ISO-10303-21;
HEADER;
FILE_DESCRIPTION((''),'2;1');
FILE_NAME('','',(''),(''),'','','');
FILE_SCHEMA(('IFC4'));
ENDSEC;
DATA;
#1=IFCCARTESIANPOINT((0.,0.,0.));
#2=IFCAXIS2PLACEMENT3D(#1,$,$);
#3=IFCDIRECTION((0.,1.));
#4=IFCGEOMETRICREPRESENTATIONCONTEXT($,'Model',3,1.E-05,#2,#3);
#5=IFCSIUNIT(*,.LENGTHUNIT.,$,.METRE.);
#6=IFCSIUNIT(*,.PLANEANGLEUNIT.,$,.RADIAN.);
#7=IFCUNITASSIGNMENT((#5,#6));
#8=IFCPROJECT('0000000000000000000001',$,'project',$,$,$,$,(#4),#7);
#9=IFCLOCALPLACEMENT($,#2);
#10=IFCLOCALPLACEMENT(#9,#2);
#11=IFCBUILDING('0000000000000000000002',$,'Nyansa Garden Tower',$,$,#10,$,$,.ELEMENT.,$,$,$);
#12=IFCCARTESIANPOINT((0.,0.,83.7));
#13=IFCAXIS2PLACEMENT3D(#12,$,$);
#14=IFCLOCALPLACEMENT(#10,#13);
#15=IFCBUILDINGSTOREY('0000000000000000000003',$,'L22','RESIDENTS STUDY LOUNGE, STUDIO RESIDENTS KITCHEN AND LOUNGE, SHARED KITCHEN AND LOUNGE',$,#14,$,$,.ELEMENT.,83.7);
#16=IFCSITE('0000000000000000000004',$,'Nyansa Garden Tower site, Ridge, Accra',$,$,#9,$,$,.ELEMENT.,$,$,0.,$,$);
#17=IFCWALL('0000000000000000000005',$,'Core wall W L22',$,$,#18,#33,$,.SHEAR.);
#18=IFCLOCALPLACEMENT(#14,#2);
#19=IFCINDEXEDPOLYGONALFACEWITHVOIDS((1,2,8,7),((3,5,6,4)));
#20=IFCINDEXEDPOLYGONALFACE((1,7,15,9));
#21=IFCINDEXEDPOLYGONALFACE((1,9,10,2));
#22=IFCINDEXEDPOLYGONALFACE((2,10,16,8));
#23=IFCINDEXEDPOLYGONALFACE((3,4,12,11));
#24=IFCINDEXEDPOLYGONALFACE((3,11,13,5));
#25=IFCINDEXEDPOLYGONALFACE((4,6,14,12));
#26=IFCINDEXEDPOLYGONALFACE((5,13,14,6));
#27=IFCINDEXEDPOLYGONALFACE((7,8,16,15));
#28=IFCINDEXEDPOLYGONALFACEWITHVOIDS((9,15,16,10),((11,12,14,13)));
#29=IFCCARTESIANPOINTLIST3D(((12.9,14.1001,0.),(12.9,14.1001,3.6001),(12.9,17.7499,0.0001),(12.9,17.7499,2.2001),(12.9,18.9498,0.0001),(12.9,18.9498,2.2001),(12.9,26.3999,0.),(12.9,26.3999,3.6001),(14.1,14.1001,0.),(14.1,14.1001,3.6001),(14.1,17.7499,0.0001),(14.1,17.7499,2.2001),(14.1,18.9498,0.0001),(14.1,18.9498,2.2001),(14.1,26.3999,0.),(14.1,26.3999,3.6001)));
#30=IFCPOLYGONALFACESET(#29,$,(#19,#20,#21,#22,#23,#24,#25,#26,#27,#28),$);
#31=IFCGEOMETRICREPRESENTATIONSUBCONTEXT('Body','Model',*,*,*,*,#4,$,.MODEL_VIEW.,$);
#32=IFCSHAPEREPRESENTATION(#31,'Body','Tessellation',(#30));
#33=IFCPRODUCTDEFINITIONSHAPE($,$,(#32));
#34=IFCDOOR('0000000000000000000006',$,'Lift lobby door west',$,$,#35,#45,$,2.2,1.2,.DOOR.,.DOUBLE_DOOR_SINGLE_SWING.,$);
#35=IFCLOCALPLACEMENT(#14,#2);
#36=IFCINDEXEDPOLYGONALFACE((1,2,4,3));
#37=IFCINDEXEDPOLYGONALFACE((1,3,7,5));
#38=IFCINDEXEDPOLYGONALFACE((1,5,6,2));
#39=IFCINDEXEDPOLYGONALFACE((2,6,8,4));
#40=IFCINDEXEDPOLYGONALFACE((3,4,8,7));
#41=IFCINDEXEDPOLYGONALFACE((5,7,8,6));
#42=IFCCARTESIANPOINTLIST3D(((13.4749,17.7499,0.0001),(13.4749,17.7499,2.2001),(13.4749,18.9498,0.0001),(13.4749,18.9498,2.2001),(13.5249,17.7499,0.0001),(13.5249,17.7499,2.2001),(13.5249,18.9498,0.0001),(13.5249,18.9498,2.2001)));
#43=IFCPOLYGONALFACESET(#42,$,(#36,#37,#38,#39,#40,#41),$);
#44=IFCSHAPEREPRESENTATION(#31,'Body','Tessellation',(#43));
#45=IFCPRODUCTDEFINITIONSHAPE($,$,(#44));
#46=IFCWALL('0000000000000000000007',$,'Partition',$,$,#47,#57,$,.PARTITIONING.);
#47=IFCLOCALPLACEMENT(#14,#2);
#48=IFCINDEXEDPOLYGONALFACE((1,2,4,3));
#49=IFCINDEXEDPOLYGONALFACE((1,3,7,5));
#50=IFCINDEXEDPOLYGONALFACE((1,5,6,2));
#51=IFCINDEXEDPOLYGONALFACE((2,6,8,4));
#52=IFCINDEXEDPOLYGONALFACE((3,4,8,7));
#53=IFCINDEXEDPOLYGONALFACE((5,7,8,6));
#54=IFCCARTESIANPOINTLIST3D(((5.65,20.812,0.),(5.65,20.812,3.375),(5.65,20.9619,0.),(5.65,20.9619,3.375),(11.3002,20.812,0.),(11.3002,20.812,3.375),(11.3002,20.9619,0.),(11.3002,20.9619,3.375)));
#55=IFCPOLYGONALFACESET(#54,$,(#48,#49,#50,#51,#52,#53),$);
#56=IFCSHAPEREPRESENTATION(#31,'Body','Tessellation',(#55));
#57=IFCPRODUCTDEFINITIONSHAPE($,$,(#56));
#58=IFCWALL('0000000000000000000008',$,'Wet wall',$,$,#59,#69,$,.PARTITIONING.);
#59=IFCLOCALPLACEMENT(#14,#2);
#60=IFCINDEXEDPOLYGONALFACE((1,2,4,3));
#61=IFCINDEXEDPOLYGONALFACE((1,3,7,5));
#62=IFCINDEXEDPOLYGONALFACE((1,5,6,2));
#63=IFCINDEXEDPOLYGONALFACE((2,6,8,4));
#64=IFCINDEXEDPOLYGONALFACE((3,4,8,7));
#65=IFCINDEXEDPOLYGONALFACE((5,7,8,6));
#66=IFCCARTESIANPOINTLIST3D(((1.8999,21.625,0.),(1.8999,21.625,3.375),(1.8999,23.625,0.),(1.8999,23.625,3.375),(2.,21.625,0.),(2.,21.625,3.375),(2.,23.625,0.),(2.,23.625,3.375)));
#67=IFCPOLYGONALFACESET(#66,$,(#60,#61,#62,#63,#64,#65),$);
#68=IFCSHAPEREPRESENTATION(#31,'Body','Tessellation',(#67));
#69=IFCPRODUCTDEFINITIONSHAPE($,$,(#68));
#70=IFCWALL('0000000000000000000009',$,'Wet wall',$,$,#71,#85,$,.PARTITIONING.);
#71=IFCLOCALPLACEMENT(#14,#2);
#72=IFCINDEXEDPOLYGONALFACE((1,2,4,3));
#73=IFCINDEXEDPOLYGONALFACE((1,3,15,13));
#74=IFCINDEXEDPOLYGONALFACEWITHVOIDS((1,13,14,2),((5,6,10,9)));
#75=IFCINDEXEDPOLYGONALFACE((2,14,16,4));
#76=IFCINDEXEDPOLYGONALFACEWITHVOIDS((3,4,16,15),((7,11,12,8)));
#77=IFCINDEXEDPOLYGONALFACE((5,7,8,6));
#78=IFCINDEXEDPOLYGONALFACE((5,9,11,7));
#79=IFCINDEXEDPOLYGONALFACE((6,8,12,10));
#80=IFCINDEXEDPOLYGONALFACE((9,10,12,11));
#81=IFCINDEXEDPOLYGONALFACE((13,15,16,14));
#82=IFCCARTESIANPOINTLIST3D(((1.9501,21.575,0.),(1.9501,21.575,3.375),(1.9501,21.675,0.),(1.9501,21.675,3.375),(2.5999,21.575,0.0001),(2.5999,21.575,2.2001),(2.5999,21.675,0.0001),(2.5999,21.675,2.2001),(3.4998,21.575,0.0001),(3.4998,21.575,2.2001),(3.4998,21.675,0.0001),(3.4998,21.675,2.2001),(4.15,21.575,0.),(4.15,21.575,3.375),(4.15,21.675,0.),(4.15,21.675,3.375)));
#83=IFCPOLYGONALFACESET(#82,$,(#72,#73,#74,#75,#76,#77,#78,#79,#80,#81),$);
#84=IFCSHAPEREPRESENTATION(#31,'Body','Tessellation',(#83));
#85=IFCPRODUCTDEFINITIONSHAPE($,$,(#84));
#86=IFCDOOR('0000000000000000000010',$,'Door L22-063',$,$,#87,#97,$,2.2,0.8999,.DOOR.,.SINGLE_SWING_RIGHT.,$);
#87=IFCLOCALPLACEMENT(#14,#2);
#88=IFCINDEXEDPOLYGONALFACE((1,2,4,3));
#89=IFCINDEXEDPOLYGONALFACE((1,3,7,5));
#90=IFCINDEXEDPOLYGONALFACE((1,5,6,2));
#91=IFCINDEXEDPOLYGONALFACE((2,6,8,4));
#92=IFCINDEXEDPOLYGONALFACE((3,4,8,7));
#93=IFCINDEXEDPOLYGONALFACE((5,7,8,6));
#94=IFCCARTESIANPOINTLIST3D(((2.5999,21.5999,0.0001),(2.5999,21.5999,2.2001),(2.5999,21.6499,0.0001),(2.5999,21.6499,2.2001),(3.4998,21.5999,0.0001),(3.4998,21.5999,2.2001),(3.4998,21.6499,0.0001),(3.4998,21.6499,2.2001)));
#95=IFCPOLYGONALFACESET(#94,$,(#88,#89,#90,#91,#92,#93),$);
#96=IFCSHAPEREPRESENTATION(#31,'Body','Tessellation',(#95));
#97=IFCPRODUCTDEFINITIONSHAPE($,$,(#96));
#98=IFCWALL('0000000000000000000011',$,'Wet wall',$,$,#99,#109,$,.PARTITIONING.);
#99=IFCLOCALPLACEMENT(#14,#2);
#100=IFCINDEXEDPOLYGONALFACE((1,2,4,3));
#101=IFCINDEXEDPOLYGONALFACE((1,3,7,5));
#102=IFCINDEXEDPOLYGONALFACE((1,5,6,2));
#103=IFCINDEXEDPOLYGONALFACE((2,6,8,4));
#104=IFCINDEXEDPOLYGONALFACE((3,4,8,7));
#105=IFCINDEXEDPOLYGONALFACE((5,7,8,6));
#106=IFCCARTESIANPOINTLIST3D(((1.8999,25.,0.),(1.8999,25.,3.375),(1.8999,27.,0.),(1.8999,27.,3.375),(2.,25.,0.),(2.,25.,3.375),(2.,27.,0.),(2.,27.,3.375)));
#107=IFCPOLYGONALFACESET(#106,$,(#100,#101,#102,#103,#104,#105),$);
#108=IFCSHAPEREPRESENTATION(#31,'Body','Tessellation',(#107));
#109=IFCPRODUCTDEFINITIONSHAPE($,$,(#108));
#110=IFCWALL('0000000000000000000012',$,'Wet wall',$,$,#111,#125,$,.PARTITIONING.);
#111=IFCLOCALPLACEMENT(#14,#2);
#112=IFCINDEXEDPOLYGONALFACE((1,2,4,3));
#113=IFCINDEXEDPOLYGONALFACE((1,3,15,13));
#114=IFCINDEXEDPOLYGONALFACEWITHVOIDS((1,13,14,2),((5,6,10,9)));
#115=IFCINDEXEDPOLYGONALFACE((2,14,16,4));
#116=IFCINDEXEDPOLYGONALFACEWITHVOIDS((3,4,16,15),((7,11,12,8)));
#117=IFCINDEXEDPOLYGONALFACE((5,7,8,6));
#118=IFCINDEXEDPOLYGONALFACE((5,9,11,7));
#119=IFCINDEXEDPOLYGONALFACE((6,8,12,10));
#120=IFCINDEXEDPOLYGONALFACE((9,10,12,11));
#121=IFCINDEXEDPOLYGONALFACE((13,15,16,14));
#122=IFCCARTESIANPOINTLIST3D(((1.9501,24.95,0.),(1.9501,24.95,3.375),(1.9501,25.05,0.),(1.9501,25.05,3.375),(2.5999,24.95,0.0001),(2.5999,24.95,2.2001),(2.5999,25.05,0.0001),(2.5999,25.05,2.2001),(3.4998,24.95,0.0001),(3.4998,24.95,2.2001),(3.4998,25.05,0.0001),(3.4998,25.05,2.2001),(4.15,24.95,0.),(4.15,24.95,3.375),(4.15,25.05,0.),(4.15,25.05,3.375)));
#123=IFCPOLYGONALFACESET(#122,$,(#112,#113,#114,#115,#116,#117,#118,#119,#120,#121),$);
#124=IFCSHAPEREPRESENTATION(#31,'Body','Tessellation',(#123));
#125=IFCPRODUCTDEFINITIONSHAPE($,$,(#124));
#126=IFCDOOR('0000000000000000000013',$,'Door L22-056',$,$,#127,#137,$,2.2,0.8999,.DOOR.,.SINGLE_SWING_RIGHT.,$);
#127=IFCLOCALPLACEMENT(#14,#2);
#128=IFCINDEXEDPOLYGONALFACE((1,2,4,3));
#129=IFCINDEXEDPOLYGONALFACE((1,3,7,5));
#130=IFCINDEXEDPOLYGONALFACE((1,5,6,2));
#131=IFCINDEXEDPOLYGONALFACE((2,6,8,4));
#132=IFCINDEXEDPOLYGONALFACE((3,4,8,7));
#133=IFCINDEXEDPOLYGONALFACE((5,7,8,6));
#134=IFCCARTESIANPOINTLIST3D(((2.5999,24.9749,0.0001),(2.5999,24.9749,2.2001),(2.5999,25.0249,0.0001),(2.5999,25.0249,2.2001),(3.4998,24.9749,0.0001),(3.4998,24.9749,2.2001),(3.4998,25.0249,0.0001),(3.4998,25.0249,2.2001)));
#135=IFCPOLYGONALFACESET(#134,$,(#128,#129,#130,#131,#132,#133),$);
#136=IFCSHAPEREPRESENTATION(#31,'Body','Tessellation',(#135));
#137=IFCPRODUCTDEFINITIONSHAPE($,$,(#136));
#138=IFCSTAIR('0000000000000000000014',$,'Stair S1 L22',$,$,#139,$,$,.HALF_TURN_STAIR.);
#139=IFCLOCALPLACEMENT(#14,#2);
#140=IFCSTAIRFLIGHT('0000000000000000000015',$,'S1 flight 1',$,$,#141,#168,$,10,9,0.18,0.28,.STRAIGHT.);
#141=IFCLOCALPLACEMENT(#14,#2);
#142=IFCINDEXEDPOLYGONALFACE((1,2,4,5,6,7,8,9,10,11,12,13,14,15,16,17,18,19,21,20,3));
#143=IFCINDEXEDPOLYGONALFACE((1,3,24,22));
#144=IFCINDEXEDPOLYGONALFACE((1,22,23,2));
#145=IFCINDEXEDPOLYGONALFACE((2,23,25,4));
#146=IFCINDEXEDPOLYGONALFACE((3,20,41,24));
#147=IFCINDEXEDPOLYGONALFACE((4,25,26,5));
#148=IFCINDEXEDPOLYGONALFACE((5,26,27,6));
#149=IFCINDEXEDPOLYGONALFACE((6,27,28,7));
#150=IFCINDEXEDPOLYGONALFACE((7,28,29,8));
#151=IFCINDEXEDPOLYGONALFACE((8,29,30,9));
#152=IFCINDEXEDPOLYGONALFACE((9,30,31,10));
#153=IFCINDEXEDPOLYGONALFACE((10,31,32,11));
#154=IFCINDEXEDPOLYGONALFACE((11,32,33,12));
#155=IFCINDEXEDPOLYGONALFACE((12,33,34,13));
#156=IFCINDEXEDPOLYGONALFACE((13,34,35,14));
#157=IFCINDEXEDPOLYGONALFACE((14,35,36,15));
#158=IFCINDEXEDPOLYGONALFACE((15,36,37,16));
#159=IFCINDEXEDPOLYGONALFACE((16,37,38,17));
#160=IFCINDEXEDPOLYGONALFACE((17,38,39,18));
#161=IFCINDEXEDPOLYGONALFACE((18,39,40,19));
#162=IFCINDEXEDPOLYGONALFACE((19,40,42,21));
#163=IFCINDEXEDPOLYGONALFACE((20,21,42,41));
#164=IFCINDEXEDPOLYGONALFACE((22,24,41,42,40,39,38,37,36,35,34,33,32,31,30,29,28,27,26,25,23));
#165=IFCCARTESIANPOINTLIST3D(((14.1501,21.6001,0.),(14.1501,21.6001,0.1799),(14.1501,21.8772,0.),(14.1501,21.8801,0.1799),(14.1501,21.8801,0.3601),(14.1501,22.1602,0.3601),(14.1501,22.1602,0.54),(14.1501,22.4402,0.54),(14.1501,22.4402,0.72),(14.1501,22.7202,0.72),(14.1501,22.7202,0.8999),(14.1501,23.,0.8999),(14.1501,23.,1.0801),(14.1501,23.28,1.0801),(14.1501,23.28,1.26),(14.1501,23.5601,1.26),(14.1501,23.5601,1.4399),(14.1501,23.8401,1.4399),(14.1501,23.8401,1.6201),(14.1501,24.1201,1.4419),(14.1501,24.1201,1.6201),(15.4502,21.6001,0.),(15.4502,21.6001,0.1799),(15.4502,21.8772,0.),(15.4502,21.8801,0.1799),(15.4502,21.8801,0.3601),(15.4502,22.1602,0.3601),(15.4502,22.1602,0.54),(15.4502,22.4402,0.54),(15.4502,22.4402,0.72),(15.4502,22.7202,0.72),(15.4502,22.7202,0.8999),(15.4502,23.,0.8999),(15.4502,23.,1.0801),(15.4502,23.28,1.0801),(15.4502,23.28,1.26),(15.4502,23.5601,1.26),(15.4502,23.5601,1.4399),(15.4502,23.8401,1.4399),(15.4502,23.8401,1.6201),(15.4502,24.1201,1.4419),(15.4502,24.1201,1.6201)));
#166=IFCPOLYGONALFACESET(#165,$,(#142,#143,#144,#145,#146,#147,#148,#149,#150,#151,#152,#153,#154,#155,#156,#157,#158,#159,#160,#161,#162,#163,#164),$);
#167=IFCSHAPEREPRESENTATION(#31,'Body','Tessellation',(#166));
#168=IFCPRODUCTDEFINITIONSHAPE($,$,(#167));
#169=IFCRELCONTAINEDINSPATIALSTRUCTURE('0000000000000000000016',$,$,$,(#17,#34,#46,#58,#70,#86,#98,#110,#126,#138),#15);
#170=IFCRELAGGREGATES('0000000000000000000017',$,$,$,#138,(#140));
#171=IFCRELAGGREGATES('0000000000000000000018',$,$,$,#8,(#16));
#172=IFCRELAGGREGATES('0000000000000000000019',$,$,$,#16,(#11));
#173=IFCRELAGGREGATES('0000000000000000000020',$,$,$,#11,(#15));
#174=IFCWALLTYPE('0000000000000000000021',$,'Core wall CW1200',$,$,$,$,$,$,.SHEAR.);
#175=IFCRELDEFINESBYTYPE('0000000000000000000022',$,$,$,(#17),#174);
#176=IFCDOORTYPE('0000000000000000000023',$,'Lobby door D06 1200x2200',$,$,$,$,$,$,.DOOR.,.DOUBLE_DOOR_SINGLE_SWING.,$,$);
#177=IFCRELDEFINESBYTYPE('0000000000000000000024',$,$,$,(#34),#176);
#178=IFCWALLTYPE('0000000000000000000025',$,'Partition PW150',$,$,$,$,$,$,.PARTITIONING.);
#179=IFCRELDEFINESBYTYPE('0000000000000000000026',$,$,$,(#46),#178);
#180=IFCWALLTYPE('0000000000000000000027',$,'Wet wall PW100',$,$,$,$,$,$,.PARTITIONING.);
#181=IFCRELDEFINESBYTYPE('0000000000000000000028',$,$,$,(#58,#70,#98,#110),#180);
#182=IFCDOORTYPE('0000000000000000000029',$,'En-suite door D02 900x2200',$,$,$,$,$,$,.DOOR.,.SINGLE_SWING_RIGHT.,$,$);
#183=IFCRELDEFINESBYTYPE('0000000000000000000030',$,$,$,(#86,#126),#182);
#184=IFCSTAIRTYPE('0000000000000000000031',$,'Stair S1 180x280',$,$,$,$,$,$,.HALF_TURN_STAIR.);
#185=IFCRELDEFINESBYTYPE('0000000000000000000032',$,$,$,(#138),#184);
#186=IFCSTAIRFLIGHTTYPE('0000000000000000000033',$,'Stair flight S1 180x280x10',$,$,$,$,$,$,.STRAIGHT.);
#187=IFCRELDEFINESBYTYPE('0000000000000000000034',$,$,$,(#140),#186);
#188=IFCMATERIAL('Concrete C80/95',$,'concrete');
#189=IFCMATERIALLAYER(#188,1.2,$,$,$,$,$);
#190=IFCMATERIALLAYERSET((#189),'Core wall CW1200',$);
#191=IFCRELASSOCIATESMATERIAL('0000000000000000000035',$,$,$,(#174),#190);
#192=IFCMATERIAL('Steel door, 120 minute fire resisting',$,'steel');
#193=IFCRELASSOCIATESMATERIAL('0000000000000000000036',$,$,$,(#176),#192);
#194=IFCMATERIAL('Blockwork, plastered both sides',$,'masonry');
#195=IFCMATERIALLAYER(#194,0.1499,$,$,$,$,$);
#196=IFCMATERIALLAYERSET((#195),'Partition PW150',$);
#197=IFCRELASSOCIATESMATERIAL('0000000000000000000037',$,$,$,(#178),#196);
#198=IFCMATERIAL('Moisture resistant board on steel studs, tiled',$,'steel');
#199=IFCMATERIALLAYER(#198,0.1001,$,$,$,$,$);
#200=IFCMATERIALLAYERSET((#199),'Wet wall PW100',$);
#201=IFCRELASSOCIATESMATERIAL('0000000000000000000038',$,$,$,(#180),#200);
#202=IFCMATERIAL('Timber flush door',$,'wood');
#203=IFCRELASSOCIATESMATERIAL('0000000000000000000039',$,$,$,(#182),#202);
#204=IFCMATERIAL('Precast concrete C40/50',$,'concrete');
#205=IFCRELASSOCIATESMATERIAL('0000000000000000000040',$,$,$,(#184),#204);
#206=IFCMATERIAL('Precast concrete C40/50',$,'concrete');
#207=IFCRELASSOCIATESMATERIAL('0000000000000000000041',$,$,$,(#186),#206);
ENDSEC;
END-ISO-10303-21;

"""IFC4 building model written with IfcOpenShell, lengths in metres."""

from ifc_helpers import new_model, si_unit, direction, frame, frame_2d, origin, place, context, subcontext, project, spatial, polyline, rectangle, outline, extrude, material, layer, layer_set, type_object, element, fill, aggregate, save


model = new_model("IFC4")

# Units and contexts
model_context = context("Model", 3, precision=1e-05, world=origin(), true_north=direction((0.0, 1.0)))
body_context = subcontext(model_context, "Body", "Model", "MODEL_VIEW")
ifc_project = project(units=[si_unit("LENGTHUNIT", "METRE"), si_unit("PLANEANGLEUNIT", "RADIAN")], contexts=[model_context])

# Site, building, storey
site_placement = place(None, origin())
site = spatial("IfcSite", under=ifc_project, at=site_placement, Name="Nyansa Garden Tower site, Ridge, Accra", CompositionType="ELEMENT", RefElevation=0.0)
building_placement = place(site_placement, origin())
building = spatial("IfcBuilding", under=site, at=building_placement, Name="Nyansa Garden Tower", CompositionType="ELEMENT")
storey_placement = place(building_placement, frame((0.0, 0.0, 83.7)))
storey = spatial("IfcBuildingStorey", under=building, at=storey_placement, Name="L22", Description="RESIDENTS STUDY LOUNGE, STUDIO RESIDENTS KITCHEN AND LOUNGE, SHARED KITCHEN AND LOUNGE", CompositionType="ELEMENT", Elevation=83.7)

# Shared definitions
ifc_material_1 = material(Name="Concrete C80/95", Category="concrete")
ifc_layer_1 = layer(ifc_material_1, 1.2)
ifc_layer_set_1 = layer_set([ifc_layer_1], Name="Core wall CW1200")
wall_type_1 = type_object("IfcWallType", Name="Core wall CW1200", PredefinedType="SHEAR", material=ifc_layer_set_1)

# Wall, opening, door
wall_1_placement = place(storey_placement, frame((13.5, 26.3999, 0.0), z_axis=(0.0, 0.0, 1.0), x_axis=(0.0, -1.0, 0.0)))
wall_1 = element("IfcWall", 1, at=wall_1_placement, inside=storey, type_object=wall_type_1, Name="Core wall W L22", PredefinedType="SHEAR", context=body_context, shape_type="SweptSolid", body=[
    extrude(rectangle(XDim=12.2998, YDim=1.2, at=frame_2d((6.1499, 0.0))), origin(), (0.0, 0.0, 1.0), 3.6001),
])
opening_1_placement = place(wall_1_placement, frame((7.45, 0.0, 0.0)))
opening_1 = element("IfcOpeningElement", 2, at=opening_1_placement, cuts=wall_1, PredefinedType="OPENING", context=body_context, shape_type="SweptSolid", body=[
    extrude(rectangle(XDim=1.2, YDim=2.2, at=frame_2d((0.6001, 1.1001))), frame((0.0, 0.6099, 0.0), z_axis=(0.0, -1.0, 0.0), x_axis=(1.0, 0.0, 0.0)), (0.0, 0.0, 1.0), 1.22),
])
ifc_material_2 = material(Name="Steel door, 120 minute fire resisting", Category="steel")
door_type_1 = type_object("IfcDoorType", Name="Lobby door D06 1200x2200", OperationType="DOUBLE_DOOR_SINGLE_SWING", PredefinedType="DOOR", material=ifc_material_2)
door_1_placement = place(opening_1_placement, origin())
door_1 = element("IfcDoor", 3, at=door_1_placement, inside=storey, type_object=door_type_1, Name="Lift lobby door west", OperationType="DOUBLE_DOOR_SINGLE_SWING", OverallHeight=2.2, OverallWidth=1.2, PredefinedType="DOOR", context=body_context, shape_type="SweptSolid", body=[
    extrude(rectangle(XDim=1.2, YDim=2.2, at=frame_2d((0.6001, 1.1001))), frame((0.0, 0.0249, 0.0), z_axis=(0.0, -1.0, 0.0), x_axis=(1.0, 0.0, 0.0)), (0.0, 0.0, 1.0), 0.05),
])
fill(opening_1, door_1)

# Walls
ifc_material_3 = material(Name="Blockwork, plastered both sides", Category="masonry")
ifc_layer_2 = layer(ifc_material_3, 0.1499)
ifc_layer_set_2 = layer_set([ifc_layer_2], Name="Partition PW150")
wall_type_2 = type_object("IfcWallType", Name="Partition PW150", PredefinedType="PARTITIONING", material=ifc_layer_set_2)
wall_2_placement = place(storey_placement, frame((5.6499, 20.887, 0.0), z_axis=(0.0, 0.0, 1.0), x_axis=(1.0, 0.0, 0.0)))
element("IfcWall", 4, at=wall_2_placement, inside=storey, type_object=wall_type_2, Name="Partition", PredefinedType="PARTITIONING", context=body_context, shape_type="SweptSolid", body=[
    extrude(rectangle(XDim=5.6501, YDim=0.1499, at=frame_2d((2.8252, 0.0))), origin(), (0.0, 0.0, 1.0), 3.375),
])
ifc_material_4 = material(Name="Moisture resistant board on steel studs, tiled", Category="steel")
ifc_layer_3 = layer(ifc_material_4, 0.1001)
ifc_layer_set_3 = layer_set([ifc_layer_3], Name="Wet wall PW100")
wall_type_3 = type_object("IfcWallType", Name="Wet wall PW100", PredefinedType="PARTITIONING", material=ifc_layer_set_3)
wall_3_placement = place(storey_placement, frame((1.95, 21.625, 0.0), z_axis=(0.0, 0.0, 1.0), x_axis=(0.0, 1.0, 0.0)))
element("IfcWall", 5, at=wall_3_placement, inside=storey, type_object=wall_type_3, Name="Wet wall", PredefinedType="PARTITIONING", context=body_context, shape_type="SweptSolid", body=[
    extrude(rectangle(XDim=2.0, YDim=0.1001, at=frame_2d((1.0, 0.0))), origin(), (0.0, 0.0, 1.0), 3.375),
])

# Wall, opening, door
wall_4_placement = place(storey_placement, frame((1.95, 21.625, 0.0), z_axis=(0.0, 0.0, 1.0), x_axis=(1.0, 0.0, 0.0)))
wall_4 = element("IfcWall", 6, at=wall_4_placement, inside=storey, type_object=wall_type_3, Name="Wet wall", PredefinedType="PARTITIONING", context=body_context, shape_type="SweptSolid", body=[
    extrude(rectangle(XDim=2.2, YDim=0.1001, at=frame_2d((1.1001, 0.0))), origin(), (0.0, 0.0, 1.0), 3.375),
])
opening_2_placement = place(wall_4_placement, frame((0.6499, 0.0, 0.0)))
opening_2 = element("IfcOpeningElement", 7, at=opening_2_placement, cuts=wall_4, PredefinedType="OPENING", context=body_context, shape_type="SweptSolid", body=[
    extrude(rectangle(XDim=0.8999, YDim=2.2, at=frame_2d((0.45, 1.1001))), frame((0.0, 0.0601, 0.0), z_axis=(0.0, -1.0, 0.0), x_axis=(1.0, 0.0, 0.0)), (0.0, 0.0, 1.0), 0.1201),
])
ifc_material_5 = material(Name="Timber flush door", Category="wood")
door_type_2 = type_object("IfcDoorType", Name="En-suite door D02 900x2200", OperationType="SINGLE_SWING_RIGHT", PredefinedType="DOOR", material=ifc_material_5)
door_2_placement = place(opening_2_placement, origin())
door_2 = element("IfcDoor", 8, at=door_2_placement, inside=storey, type_object=door_type_2, Name="Door L22-063", OperationType="SINGLE_SWING_RIGHT", OverallHeight=2.2, OverallWidth=0.8999, PredefinedType="DOOR", context=body_context, shape_type="SweptSolid", body=[
    extrude(rectangle(XDim=0.8999, YDim=2.2, at=frame_2d((0.45, 1.1001))), frame((0.0, 0.0249, 0.0), z_axis=(0.0, -1.0, 0.0), x_axis=(1.0, 0.0, 0.0)), (0.0, 0.0, 1.0), 0.05),
])
fill(opening_2, door_2)

# Wall
wall_5_placement = place(storey_placement, frame((1.95, 25.0, 0.0), z_axis=(0.0, 0.0, 1.0), x_axis=(0.0, 1.0, 0.0)))
element("IfcWall", 9, at=wall_5_placement, inside=storey, type_object=wall_type_3, Name="Wet wall", PredefinedType="PARTITIONING", context=body_context, shape_type="SweptSolid", body=[
    extrude(rectangle(XDim=2.0, YDim=0.1001, at=frame_2d((1.0, 0.0))), origin(), (0.0, 0.0, 1.0), 3.375),
])

# Wall, opening, door
wall_6_placement = place(storey_placement, frame((1.95, 25.0, 0.0), z_axis=(0.0, 0.0, 1.0), x_axis=(1.0, 0.0, 0.0)))
wall_6 = element("IfcWall", 10, at=wall_6_placement, inside=storey, type_object=wall_type_3, Name="Wet wall", PredefinedType="PARTITIONING", context=body_context, shape_type="SweptSolid", body=[
    extrude(rectangle(XDim=2.2, YDim=0.1001, at=frame_2d((1.1001, 0.0))), origin(), (0.0, 0.0, 1.0), 3.375),
])
opening_3_placement = place(wall_6_placement, frame((0.6499, 0.0, 0.0)))
opening_3 = element("IfcOpeningElement", 11, at=opening_3_placement, cuts=wall_6, PredefinedType="OPENING", context=body_context, shape_type="SweptSolid", body=[
    extrude(rectangle(XDim=0.8999, YDim=2.2, at=frame_2d((0.45, 1.1001))), frame((0.0, 0.0601, 0.0), z_axis=(0.0, -1.0, 0.0), x_axis=(1.0, 0.0, 0.0)), (0.0, 0.0, 1.0), 0.1201),
])
door_3_placement = place(opening_3_placement, origin())
door_3 = element("IfcDoor", 12, at=door_3_placement, inside=storey, type_object=door_type_2, Name="Door L22-056", OperationType="SINGLE_SWING_RIGHT", OverallHeight=2.2, OverallWidth=0.8999, PredefinedType="DOOR", context=body_context, shape_type="SweptSolid", body=[
    extrude(rectangle(XDim=0.8999, YDim=2.2, at=frame_2d((0.45, 1.1001))), frame((0.0, 0.0249, 0.0), z_axis=(0.0, -1.0, 0.0), x_axis=(1.0, 0.0, 0.0)), (0.0, 0.0, 1.0), 0.05),
])
fill(opening_3, door_3)

# Stair, stair flight
ifc_material_6 = material(Name="Precast concrete C40/50", Category="concrete")
stair_type = type_object("IfcStairType", Name="Stair S1 180x280", PredefinedType="HALF_TURN_STAIR", material=ifc_material_6)
stair_placement = place(storey_placement, origin())
stair = element("IfcStair", 13, at=stair_placement, inside=storey, type_object=stair_type, Name="Stair S1 L22", PredefinedType="HALF_TURN_STAIR")
ifc_material_7 = material(Name="Precast concrete C40/50", Category="concrete")
stair_flight_type = type_object("IfcStairFlightType", Name="Stair flight S1 180x280x10", PredefinedType="STRAIGHT", material=ifc_material_7)
stair_flight_1_placement = place(storey_placement, frame((14.8, 21.6001, 0.0), z_axis=(0.0, 0.0, 1.0), x_axis=(0.0, 1.0, 0.0)))
stair_flight_1 = element("IfcStairFlight", 14, at=stair_flight_1_placement, type_object=stair_flight_type, Name="S1 flight 1", NumberOfRisers=10, NumberOfTreads=9, PredefinedType="STRAIGHT", RiserHeight=0.18, TreadLength=0.28, context=body_context, shape_type="SweptSolid", body=[
    extrude(outline(polyline([(0.0, 0.0), (0.0, 0.1799), (0.28, 0.1799), (0.28, 0.3601), (0.5601, 0.3601), (0.5601, 0.54), (0.8401, 0.54), (0.8401, 0.72), (1.1201, 0.72), (1.1201, 0.8999), (1.3999, 0.8999), (1.3999, 1.0801), (1.6799, 1.0801), (1.6799, 1.26), (1.96, 1.26), (1.96, 1.4399), (2.24, 1.4399), (2.24, 1.6201), (2.52, 1.6201), (2.52, 1.8), (2.52, 1.4419), (0.2771, 0.0), (0.0, 0.0)])), frame((0.0, 0.6499, 0.0), z_axis=(0.0, -1.0, 0.0), x_axis=(1.0, 0.0, 0.0)), (0.0, 0.0, 1.0), 1.3),
])
aggregate(stair, [stair_flight_1])

save(model, "model.ifc")
